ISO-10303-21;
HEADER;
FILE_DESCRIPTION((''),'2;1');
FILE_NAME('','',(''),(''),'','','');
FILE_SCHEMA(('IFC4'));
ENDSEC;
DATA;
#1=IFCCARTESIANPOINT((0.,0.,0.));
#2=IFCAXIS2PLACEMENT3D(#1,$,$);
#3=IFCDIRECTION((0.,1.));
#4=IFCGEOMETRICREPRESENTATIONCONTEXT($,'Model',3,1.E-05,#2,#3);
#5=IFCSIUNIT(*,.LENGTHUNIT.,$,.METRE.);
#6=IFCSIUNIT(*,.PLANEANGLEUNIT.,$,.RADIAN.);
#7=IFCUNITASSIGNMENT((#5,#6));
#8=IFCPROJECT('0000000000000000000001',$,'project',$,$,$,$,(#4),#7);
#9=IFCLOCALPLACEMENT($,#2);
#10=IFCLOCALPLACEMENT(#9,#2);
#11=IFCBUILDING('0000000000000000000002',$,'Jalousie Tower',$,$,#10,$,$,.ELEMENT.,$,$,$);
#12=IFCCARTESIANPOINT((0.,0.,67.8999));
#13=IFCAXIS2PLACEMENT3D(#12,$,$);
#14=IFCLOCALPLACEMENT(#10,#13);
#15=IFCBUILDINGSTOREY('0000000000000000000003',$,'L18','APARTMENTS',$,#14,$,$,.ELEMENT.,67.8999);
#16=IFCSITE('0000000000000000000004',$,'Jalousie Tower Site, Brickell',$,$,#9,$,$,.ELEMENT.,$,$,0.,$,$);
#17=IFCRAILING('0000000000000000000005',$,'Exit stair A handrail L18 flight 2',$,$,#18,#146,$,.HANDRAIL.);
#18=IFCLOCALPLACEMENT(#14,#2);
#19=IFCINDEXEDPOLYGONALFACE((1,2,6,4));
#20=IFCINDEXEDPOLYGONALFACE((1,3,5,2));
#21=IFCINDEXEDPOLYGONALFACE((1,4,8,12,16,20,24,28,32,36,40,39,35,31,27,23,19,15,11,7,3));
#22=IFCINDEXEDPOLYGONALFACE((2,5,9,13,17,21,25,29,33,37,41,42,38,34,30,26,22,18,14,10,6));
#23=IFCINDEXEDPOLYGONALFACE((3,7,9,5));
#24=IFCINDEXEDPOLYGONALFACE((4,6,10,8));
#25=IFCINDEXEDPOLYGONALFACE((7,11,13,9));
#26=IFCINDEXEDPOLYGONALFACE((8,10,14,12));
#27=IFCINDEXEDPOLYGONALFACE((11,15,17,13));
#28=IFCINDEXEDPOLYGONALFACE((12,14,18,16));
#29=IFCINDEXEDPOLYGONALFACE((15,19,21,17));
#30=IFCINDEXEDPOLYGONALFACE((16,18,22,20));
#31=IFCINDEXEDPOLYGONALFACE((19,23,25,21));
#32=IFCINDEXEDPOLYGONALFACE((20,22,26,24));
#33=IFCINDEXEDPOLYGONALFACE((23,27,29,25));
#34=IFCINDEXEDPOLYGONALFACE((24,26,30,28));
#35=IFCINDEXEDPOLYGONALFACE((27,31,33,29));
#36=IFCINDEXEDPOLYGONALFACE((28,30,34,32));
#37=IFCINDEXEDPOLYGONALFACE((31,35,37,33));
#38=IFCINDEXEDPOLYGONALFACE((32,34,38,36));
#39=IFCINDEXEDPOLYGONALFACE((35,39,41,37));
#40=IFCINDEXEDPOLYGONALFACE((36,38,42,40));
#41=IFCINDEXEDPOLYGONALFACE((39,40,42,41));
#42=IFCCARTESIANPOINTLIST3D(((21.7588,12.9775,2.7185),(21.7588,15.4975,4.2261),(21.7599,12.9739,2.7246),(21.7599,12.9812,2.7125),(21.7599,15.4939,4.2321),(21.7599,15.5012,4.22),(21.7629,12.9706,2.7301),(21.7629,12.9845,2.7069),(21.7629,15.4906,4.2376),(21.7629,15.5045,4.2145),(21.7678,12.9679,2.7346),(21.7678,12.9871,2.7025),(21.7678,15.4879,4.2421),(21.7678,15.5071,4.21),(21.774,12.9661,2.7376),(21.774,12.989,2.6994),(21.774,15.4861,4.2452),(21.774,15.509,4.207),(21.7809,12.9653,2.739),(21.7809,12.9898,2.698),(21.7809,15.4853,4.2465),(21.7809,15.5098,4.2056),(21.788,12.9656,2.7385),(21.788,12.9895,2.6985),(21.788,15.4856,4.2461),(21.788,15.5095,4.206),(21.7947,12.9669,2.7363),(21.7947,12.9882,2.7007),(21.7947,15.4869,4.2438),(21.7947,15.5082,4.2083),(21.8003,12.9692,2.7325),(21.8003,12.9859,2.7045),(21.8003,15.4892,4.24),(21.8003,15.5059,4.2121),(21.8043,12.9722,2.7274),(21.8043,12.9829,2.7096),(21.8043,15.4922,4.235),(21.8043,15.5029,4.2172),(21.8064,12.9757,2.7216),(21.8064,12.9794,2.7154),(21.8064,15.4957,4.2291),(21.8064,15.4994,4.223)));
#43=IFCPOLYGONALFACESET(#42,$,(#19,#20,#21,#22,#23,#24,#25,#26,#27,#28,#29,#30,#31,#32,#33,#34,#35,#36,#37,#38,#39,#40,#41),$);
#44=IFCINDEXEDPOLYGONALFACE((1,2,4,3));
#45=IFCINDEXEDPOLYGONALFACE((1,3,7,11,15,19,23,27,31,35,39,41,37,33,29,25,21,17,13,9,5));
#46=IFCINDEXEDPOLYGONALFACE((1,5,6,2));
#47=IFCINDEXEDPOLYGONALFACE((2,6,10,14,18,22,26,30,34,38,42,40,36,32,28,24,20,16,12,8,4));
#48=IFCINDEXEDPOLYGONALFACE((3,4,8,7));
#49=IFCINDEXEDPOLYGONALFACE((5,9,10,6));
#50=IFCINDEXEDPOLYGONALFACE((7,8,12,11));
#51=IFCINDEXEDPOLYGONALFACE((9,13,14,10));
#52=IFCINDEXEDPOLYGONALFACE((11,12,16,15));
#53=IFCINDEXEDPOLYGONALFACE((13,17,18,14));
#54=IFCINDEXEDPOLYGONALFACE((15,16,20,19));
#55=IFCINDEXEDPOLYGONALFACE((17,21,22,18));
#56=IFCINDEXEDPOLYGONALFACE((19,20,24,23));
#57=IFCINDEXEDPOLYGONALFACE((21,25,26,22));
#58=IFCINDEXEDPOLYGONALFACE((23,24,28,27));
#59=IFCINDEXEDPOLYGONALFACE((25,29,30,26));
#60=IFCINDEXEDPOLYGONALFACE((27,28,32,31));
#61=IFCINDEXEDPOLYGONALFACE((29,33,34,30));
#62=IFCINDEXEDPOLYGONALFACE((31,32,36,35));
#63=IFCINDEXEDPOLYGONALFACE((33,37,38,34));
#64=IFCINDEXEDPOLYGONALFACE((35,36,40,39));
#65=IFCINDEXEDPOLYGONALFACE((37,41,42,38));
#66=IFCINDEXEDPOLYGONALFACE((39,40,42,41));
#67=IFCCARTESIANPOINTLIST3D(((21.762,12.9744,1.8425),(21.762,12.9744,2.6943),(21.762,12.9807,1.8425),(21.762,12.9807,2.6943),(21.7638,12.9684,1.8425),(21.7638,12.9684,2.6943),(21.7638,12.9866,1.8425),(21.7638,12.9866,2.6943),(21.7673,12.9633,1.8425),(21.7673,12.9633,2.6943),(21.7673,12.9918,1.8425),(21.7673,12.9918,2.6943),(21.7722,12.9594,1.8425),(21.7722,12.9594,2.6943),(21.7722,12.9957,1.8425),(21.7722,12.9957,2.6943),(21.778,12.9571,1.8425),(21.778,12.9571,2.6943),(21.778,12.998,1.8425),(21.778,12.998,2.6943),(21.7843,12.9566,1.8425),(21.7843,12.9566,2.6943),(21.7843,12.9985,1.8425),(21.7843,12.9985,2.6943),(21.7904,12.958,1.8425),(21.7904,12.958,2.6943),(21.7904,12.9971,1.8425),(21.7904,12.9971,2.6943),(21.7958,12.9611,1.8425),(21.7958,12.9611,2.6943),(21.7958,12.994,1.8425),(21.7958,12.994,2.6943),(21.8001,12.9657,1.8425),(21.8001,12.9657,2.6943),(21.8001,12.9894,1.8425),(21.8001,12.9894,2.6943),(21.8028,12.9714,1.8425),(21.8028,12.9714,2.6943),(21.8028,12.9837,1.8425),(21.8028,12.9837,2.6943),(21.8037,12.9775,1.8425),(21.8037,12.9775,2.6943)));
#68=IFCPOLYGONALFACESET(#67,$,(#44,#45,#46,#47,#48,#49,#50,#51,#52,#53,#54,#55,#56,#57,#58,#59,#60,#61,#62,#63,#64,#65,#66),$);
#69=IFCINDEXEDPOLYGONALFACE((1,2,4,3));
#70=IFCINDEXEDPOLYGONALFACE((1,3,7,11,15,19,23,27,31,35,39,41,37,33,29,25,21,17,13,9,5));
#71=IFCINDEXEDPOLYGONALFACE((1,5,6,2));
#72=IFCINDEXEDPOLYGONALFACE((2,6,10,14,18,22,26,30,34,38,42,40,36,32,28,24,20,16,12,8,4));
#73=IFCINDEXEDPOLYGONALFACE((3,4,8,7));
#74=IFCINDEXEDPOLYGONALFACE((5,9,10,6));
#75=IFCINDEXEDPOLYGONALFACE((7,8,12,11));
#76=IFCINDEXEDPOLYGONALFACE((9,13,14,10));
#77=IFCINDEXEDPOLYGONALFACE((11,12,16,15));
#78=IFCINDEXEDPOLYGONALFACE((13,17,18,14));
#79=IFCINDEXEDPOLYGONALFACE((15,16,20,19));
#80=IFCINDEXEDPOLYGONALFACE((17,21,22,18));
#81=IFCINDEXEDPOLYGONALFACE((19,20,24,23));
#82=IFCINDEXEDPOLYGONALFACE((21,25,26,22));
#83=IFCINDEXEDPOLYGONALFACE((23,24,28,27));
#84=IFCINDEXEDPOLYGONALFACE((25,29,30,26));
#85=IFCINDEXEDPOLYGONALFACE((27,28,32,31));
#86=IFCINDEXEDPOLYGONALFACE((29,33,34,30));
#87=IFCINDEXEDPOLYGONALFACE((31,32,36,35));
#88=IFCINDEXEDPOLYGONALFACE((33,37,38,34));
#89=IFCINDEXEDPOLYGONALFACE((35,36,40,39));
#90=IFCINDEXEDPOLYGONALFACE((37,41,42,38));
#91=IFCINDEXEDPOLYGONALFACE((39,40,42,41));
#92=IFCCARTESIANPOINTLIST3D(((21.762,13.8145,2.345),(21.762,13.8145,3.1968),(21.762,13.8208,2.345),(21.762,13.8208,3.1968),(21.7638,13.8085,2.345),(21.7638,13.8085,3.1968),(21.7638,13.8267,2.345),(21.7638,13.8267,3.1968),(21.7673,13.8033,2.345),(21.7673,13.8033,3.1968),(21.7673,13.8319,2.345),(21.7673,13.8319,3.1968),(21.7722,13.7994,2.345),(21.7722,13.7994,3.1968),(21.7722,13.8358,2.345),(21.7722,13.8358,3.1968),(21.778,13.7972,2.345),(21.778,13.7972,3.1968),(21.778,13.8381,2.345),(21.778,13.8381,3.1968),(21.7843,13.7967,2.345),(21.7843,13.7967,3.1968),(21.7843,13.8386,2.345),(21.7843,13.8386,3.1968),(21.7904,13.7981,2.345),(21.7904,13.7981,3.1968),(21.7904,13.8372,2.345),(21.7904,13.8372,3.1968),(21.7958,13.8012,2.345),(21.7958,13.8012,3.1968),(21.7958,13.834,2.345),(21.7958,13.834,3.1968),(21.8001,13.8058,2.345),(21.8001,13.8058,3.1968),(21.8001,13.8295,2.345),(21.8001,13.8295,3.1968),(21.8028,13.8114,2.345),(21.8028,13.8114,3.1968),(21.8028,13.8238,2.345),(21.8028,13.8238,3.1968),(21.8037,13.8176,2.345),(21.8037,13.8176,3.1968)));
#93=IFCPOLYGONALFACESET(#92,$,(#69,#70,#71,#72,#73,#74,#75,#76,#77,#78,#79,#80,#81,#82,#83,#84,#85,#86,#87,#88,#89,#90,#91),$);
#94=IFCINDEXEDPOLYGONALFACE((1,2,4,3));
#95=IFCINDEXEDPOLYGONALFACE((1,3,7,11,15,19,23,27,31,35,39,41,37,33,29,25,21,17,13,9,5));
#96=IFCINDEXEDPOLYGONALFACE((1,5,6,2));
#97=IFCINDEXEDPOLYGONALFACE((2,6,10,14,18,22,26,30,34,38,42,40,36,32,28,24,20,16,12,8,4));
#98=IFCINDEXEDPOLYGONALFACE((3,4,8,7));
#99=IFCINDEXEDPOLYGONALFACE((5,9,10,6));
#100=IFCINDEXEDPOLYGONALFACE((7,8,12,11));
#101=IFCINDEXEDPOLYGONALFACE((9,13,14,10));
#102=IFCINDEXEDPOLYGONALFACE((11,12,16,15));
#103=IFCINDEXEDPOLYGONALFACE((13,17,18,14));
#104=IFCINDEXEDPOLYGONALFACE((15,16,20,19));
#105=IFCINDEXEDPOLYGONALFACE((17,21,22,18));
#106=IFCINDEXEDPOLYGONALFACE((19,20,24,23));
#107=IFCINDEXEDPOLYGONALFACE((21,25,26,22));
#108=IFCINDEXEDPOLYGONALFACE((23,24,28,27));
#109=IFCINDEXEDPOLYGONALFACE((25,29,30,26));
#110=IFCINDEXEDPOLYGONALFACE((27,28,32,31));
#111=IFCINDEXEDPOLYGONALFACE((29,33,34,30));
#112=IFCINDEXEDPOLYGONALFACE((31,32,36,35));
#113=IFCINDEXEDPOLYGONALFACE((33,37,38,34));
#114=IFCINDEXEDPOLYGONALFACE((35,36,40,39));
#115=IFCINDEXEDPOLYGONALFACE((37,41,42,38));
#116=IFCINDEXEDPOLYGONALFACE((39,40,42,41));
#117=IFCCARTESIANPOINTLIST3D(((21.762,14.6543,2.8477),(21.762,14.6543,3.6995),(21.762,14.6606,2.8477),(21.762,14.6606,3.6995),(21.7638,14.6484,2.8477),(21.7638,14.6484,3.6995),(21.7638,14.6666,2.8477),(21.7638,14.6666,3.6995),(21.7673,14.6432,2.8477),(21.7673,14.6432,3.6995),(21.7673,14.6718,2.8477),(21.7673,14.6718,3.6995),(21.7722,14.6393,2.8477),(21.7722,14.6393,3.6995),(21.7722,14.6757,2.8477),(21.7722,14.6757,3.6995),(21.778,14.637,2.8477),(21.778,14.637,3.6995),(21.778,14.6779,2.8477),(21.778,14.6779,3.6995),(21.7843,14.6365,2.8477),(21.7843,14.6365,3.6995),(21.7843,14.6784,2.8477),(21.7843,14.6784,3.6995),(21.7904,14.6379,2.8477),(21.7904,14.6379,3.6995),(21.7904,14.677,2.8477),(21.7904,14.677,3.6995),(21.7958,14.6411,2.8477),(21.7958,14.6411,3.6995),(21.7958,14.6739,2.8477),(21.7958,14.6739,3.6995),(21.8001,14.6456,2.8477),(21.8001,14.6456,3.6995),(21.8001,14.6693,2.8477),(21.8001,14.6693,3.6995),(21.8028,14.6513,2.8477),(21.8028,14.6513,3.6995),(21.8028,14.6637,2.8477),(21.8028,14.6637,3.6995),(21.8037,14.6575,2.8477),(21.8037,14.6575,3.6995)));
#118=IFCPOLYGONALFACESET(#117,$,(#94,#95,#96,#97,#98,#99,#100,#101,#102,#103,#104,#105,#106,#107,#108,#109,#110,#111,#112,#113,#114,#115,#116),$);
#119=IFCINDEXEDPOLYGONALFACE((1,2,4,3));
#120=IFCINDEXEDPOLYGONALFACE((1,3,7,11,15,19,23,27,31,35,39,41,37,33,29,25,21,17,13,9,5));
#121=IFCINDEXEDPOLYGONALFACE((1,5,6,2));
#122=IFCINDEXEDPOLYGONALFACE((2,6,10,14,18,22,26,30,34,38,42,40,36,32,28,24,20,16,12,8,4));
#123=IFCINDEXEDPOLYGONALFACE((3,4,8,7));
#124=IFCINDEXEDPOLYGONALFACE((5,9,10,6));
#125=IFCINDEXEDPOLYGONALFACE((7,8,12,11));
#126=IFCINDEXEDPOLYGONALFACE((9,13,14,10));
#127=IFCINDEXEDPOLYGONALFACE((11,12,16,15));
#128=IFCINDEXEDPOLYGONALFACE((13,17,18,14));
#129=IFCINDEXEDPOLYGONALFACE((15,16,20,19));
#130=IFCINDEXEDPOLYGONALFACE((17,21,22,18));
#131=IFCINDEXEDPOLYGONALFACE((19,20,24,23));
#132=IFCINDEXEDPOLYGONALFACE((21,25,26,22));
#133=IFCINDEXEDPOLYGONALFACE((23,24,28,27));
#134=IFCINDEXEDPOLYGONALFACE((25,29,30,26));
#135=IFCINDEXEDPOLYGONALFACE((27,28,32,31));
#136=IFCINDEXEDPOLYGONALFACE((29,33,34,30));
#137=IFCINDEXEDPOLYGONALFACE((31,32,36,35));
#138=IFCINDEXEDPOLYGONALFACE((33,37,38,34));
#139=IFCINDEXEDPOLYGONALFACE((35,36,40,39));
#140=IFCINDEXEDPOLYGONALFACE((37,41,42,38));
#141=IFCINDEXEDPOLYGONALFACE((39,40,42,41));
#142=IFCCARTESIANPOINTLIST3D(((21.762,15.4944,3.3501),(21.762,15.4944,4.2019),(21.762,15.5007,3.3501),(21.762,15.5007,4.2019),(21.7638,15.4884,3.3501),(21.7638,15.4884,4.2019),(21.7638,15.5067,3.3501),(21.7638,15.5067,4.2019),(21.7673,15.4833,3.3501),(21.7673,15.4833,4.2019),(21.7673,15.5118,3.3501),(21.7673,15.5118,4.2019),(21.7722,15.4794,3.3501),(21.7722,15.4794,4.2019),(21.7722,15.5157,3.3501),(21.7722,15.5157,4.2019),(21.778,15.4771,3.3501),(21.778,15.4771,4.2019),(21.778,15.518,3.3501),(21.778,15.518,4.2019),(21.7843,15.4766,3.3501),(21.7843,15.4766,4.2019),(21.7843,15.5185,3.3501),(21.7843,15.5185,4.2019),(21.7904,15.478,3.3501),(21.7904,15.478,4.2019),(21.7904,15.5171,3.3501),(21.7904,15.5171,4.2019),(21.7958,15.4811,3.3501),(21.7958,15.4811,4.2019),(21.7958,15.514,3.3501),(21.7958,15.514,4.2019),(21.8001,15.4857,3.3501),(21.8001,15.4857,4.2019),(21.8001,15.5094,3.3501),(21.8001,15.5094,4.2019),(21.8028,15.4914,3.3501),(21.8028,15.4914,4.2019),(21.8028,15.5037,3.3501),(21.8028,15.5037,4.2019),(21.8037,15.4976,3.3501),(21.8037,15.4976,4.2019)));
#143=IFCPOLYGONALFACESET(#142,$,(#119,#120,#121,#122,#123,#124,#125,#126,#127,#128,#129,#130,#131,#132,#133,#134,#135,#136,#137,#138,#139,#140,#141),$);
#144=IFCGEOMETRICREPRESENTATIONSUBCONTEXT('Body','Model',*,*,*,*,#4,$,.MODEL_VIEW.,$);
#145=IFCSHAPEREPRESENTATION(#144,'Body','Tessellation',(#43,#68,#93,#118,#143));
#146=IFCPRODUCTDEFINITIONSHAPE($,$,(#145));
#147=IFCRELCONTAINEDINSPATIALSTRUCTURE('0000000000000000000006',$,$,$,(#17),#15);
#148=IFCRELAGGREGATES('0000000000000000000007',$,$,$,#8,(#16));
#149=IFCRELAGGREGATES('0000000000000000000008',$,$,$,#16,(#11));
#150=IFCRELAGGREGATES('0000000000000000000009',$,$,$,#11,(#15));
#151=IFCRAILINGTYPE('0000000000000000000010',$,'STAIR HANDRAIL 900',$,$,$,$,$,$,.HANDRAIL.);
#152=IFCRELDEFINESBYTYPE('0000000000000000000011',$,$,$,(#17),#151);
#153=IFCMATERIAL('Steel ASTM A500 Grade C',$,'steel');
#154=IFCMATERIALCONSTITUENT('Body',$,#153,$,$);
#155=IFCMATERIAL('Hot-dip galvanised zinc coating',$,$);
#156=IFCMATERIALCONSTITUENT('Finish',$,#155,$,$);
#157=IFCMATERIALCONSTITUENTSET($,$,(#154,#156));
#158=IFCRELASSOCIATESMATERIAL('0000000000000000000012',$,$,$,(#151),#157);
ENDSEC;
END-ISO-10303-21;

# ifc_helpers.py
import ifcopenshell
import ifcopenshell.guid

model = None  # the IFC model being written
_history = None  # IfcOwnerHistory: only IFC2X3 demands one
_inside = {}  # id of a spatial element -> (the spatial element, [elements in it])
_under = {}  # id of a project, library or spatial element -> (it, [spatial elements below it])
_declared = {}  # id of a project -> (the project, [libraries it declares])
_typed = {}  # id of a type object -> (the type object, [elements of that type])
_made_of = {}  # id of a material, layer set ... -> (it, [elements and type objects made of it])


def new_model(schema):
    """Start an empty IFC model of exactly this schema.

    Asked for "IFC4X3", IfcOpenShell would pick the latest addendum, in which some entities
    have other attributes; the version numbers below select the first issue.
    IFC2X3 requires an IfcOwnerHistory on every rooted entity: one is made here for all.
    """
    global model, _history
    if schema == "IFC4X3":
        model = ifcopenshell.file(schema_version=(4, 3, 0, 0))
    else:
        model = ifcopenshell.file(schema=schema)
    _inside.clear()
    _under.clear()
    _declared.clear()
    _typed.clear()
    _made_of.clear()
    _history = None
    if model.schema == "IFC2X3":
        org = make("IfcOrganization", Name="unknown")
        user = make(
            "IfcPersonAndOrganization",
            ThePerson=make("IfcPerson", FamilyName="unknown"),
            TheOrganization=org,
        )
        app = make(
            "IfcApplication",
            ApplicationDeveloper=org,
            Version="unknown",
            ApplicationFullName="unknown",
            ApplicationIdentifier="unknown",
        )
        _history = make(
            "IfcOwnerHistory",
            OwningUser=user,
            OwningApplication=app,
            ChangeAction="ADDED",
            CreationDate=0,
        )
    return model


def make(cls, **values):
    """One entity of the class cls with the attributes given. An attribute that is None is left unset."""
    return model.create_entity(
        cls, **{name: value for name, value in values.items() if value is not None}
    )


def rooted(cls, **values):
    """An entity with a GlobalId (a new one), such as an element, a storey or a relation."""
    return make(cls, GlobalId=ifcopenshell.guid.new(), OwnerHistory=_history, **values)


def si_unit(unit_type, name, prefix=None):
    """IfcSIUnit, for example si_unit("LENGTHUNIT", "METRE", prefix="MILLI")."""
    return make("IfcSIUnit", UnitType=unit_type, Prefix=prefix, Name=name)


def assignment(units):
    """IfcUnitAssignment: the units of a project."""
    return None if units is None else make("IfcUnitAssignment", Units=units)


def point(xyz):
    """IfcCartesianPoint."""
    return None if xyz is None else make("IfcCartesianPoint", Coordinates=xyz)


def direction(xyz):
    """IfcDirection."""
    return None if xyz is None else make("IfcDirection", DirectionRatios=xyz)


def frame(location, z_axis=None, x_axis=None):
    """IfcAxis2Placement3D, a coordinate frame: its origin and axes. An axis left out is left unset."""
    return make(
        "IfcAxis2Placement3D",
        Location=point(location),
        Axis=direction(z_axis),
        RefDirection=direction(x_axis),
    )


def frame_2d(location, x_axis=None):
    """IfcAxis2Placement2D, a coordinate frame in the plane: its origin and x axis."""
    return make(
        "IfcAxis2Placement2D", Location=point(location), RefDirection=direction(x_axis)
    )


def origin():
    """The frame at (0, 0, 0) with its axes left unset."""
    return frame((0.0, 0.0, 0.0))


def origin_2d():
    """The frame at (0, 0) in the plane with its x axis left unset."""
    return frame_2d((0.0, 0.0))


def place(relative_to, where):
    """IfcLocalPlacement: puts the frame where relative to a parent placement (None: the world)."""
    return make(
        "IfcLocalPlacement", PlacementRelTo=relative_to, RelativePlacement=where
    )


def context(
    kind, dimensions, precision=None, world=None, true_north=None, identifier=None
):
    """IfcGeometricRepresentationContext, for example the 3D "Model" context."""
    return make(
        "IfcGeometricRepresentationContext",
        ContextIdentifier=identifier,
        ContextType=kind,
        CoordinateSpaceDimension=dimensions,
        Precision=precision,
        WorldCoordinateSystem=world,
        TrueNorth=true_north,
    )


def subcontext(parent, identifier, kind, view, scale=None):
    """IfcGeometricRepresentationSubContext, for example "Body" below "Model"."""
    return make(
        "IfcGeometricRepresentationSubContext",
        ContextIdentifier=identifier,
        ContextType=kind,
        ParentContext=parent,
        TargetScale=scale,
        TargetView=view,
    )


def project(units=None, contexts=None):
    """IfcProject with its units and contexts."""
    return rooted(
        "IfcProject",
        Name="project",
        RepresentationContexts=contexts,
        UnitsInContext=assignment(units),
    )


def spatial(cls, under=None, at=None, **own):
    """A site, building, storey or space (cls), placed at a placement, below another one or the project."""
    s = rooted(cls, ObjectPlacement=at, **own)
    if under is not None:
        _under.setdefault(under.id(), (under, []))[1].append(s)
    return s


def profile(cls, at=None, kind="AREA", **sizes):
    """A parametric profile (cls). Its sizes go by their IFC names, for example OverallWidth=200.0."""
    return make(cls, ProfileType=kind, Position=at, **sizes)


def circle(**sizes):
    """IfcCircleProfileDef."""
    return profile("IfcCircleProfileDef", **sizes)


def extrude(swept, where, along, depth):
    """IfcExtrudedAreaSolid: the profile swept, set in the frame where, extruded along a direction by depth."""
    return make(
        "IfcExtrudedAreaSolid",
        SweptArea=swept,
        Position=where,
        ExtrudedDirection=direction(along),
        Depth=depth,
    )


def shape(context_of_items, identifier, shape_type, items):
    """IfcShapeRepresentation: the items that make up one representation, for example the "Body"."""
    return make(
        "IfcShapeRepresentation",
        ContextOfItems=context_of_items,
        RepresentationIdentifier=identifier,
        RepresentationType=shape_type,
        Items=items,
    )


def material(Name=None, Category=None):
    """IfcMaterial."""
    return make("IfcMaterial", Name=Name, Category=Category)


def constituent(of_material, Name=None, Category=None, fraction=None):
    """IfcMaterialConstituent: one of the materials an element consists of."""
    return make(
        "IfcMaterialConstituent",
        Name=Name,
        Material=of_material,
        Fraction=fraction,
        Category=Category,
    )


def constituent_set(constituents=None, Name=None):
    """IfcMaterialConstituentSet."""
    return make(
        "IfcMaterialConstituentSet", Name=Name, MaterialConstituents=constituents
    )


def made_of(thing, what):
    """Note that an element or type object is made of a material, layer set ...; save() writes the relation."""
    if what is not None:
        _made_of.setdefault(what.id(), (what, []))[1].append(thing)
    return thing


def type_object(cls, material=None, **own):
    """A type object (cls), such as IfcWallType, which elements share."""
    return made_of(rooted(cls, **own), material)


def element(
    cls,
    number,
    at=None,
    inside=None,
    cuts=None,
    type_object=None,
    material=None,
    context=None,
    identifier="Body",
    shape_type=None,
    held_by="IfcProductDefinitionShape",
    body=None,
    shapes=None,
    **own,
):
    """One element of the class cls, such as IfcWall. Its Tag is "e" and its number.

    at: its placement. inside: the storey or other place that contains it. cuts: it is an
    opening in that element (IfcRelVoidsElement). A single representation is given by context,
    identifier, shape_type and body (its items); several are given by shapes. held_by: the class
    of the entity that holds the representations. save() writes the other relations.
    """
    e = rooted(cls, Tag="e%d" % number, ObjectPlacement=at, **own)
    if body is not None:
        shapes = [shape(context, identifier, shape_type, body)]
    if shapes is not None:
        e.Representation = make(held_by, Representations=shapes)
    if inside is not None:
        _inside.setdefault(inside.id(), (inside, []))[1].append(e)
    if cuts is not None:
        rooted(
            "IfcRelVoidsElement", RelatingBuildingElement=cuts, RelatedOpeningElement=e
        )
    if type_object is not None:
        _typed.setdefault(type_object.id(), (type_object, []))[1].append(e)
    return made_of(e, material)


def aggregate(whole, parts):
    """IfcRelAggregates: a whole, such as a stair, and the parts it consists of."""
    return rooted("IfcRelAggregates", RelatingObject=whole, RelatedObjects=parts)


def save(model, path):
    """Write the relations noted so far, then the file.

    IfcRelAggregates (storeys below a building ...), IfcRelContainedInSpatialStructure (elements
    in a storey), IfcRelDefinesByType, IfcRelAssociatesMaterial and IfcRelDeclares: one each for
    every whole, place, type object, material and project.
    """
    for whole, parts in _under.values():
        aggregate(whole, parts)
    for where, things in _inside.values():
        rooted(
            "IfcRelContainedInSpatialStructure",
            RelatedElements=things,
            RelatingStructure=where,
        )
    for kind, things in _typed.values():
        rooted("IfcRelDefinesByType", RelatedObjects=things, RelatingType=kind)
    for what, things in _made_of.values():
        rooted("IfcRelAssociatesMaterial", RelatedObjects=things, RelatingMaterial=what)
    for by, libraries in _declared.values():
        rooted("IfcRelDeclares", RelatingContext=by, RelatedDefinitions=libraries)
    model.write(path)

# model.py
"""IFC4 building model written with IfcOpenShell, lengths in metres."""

from ifc_helpers import new_model, si_unit, direction, frame, origin, origin_2d, place, context, subcontext, project, spatial, circle, extrude, material, constituent, constituent_set, type_object, element, save


model = new_model("IFC4")

# Units and contexts
model_context = context("Model", 3, precision=1e-05, world=origin(), true_north=direction((0.0, 1.0)))
body_context = subcontext(model_context, "Body", "Model", "MODEL_VIEW")
ifc_project = project(units=[si_unit("LENGTHUNIT", "METRE"), si_unit("PLANEANGLEUNIT", "RADIAN")], contexts=[model_context])

# Site, building, storey
site_placement = place(None, origin())
site = spatial("IfcSite", under=ifc_project, at=site_placement, Name="Jalousie Tower Site, Brickell", CompositionType="ELEMENT", RefElevation=0.0)
building_placement = place(site_placement, origin())
building = spatial("IfcBuilding", under=site, at=building_placement, Name="Jalousie Tower", CompositionType="ELEMENT")
storey_placement = place(building_placement, frame((0.0, 0.0, 67.8999)))
storey = spatial("IfcBuildingStorey", under=building, at=storey_placement, Name="L18", Description="APARTMENTS", CompositionType="ELEMENT", Elevation=67.8999)

# Railing
ifc_material_1 = material(Name="Steel ASTM A500 Grade C", Category="steel")
ifc_constituent_1 = constituent(ifc_material_1, Name="Body")
ifc_material_2 = material(Name="Hot-dip galvanised zinc coating")
ifc_constituent_2 = constituent(ifc_material_2, Name="Finish")
ifc_constituent_set_1 = constituent_set(constituents=[ifc_constituent_1, ifc_constituent_2])
railing_type_1 = type_object("IfcRailingType", Name="STAIR HANDRAIL 900", PredefinedType="HANDRAIL", material=ifc_constituent_set_1)
railing_1_placement = place(storey_placement, frame((21.7827, 12.9775, 1.8425)))
element("IfcRailing", 1, at=railing_1_placement, inside=storey, type_object=railing_type_1, Name="Exit stair A handrail L18 flight 2", PredefinedType="HANDRAIL", context=body_context, shape_type="SweptSolid", body=[
    extrude(circle(Radius=0.0239, at=origin_2d()), frame((0.0, 0.0, 0.876), z_axis=(0.0, 0.85816, 0.513383), x_axis=(-1.0, 0.0, 0.0)), (0.0, 0.0, 1.0), 2.9365),
    extrude(circle(Radius=0.021, at=origin_2d()), origin(), (0.0, 0.0, 1.0), 0.8518),
    extrude(circle(Radius=0.021, at=origin_2d()), frame((0.0, 0.8401, 0.5024)), (0.0, 0.0, 1.0), 0.8518),
    extrude(circle(Radius=0.021, at=origin_2d()), frame((0.0, 1.6799, 1.0051)), (0.0, 0.0, 1.0), 0.8518),
    extrude(circle(Radius=0.021, at=origin_2d()), frame((0.0, 2.52, 1.5076)), (0.0, 0.0, 1.0), 0.8518),
])

save(model, "model.ifc")
